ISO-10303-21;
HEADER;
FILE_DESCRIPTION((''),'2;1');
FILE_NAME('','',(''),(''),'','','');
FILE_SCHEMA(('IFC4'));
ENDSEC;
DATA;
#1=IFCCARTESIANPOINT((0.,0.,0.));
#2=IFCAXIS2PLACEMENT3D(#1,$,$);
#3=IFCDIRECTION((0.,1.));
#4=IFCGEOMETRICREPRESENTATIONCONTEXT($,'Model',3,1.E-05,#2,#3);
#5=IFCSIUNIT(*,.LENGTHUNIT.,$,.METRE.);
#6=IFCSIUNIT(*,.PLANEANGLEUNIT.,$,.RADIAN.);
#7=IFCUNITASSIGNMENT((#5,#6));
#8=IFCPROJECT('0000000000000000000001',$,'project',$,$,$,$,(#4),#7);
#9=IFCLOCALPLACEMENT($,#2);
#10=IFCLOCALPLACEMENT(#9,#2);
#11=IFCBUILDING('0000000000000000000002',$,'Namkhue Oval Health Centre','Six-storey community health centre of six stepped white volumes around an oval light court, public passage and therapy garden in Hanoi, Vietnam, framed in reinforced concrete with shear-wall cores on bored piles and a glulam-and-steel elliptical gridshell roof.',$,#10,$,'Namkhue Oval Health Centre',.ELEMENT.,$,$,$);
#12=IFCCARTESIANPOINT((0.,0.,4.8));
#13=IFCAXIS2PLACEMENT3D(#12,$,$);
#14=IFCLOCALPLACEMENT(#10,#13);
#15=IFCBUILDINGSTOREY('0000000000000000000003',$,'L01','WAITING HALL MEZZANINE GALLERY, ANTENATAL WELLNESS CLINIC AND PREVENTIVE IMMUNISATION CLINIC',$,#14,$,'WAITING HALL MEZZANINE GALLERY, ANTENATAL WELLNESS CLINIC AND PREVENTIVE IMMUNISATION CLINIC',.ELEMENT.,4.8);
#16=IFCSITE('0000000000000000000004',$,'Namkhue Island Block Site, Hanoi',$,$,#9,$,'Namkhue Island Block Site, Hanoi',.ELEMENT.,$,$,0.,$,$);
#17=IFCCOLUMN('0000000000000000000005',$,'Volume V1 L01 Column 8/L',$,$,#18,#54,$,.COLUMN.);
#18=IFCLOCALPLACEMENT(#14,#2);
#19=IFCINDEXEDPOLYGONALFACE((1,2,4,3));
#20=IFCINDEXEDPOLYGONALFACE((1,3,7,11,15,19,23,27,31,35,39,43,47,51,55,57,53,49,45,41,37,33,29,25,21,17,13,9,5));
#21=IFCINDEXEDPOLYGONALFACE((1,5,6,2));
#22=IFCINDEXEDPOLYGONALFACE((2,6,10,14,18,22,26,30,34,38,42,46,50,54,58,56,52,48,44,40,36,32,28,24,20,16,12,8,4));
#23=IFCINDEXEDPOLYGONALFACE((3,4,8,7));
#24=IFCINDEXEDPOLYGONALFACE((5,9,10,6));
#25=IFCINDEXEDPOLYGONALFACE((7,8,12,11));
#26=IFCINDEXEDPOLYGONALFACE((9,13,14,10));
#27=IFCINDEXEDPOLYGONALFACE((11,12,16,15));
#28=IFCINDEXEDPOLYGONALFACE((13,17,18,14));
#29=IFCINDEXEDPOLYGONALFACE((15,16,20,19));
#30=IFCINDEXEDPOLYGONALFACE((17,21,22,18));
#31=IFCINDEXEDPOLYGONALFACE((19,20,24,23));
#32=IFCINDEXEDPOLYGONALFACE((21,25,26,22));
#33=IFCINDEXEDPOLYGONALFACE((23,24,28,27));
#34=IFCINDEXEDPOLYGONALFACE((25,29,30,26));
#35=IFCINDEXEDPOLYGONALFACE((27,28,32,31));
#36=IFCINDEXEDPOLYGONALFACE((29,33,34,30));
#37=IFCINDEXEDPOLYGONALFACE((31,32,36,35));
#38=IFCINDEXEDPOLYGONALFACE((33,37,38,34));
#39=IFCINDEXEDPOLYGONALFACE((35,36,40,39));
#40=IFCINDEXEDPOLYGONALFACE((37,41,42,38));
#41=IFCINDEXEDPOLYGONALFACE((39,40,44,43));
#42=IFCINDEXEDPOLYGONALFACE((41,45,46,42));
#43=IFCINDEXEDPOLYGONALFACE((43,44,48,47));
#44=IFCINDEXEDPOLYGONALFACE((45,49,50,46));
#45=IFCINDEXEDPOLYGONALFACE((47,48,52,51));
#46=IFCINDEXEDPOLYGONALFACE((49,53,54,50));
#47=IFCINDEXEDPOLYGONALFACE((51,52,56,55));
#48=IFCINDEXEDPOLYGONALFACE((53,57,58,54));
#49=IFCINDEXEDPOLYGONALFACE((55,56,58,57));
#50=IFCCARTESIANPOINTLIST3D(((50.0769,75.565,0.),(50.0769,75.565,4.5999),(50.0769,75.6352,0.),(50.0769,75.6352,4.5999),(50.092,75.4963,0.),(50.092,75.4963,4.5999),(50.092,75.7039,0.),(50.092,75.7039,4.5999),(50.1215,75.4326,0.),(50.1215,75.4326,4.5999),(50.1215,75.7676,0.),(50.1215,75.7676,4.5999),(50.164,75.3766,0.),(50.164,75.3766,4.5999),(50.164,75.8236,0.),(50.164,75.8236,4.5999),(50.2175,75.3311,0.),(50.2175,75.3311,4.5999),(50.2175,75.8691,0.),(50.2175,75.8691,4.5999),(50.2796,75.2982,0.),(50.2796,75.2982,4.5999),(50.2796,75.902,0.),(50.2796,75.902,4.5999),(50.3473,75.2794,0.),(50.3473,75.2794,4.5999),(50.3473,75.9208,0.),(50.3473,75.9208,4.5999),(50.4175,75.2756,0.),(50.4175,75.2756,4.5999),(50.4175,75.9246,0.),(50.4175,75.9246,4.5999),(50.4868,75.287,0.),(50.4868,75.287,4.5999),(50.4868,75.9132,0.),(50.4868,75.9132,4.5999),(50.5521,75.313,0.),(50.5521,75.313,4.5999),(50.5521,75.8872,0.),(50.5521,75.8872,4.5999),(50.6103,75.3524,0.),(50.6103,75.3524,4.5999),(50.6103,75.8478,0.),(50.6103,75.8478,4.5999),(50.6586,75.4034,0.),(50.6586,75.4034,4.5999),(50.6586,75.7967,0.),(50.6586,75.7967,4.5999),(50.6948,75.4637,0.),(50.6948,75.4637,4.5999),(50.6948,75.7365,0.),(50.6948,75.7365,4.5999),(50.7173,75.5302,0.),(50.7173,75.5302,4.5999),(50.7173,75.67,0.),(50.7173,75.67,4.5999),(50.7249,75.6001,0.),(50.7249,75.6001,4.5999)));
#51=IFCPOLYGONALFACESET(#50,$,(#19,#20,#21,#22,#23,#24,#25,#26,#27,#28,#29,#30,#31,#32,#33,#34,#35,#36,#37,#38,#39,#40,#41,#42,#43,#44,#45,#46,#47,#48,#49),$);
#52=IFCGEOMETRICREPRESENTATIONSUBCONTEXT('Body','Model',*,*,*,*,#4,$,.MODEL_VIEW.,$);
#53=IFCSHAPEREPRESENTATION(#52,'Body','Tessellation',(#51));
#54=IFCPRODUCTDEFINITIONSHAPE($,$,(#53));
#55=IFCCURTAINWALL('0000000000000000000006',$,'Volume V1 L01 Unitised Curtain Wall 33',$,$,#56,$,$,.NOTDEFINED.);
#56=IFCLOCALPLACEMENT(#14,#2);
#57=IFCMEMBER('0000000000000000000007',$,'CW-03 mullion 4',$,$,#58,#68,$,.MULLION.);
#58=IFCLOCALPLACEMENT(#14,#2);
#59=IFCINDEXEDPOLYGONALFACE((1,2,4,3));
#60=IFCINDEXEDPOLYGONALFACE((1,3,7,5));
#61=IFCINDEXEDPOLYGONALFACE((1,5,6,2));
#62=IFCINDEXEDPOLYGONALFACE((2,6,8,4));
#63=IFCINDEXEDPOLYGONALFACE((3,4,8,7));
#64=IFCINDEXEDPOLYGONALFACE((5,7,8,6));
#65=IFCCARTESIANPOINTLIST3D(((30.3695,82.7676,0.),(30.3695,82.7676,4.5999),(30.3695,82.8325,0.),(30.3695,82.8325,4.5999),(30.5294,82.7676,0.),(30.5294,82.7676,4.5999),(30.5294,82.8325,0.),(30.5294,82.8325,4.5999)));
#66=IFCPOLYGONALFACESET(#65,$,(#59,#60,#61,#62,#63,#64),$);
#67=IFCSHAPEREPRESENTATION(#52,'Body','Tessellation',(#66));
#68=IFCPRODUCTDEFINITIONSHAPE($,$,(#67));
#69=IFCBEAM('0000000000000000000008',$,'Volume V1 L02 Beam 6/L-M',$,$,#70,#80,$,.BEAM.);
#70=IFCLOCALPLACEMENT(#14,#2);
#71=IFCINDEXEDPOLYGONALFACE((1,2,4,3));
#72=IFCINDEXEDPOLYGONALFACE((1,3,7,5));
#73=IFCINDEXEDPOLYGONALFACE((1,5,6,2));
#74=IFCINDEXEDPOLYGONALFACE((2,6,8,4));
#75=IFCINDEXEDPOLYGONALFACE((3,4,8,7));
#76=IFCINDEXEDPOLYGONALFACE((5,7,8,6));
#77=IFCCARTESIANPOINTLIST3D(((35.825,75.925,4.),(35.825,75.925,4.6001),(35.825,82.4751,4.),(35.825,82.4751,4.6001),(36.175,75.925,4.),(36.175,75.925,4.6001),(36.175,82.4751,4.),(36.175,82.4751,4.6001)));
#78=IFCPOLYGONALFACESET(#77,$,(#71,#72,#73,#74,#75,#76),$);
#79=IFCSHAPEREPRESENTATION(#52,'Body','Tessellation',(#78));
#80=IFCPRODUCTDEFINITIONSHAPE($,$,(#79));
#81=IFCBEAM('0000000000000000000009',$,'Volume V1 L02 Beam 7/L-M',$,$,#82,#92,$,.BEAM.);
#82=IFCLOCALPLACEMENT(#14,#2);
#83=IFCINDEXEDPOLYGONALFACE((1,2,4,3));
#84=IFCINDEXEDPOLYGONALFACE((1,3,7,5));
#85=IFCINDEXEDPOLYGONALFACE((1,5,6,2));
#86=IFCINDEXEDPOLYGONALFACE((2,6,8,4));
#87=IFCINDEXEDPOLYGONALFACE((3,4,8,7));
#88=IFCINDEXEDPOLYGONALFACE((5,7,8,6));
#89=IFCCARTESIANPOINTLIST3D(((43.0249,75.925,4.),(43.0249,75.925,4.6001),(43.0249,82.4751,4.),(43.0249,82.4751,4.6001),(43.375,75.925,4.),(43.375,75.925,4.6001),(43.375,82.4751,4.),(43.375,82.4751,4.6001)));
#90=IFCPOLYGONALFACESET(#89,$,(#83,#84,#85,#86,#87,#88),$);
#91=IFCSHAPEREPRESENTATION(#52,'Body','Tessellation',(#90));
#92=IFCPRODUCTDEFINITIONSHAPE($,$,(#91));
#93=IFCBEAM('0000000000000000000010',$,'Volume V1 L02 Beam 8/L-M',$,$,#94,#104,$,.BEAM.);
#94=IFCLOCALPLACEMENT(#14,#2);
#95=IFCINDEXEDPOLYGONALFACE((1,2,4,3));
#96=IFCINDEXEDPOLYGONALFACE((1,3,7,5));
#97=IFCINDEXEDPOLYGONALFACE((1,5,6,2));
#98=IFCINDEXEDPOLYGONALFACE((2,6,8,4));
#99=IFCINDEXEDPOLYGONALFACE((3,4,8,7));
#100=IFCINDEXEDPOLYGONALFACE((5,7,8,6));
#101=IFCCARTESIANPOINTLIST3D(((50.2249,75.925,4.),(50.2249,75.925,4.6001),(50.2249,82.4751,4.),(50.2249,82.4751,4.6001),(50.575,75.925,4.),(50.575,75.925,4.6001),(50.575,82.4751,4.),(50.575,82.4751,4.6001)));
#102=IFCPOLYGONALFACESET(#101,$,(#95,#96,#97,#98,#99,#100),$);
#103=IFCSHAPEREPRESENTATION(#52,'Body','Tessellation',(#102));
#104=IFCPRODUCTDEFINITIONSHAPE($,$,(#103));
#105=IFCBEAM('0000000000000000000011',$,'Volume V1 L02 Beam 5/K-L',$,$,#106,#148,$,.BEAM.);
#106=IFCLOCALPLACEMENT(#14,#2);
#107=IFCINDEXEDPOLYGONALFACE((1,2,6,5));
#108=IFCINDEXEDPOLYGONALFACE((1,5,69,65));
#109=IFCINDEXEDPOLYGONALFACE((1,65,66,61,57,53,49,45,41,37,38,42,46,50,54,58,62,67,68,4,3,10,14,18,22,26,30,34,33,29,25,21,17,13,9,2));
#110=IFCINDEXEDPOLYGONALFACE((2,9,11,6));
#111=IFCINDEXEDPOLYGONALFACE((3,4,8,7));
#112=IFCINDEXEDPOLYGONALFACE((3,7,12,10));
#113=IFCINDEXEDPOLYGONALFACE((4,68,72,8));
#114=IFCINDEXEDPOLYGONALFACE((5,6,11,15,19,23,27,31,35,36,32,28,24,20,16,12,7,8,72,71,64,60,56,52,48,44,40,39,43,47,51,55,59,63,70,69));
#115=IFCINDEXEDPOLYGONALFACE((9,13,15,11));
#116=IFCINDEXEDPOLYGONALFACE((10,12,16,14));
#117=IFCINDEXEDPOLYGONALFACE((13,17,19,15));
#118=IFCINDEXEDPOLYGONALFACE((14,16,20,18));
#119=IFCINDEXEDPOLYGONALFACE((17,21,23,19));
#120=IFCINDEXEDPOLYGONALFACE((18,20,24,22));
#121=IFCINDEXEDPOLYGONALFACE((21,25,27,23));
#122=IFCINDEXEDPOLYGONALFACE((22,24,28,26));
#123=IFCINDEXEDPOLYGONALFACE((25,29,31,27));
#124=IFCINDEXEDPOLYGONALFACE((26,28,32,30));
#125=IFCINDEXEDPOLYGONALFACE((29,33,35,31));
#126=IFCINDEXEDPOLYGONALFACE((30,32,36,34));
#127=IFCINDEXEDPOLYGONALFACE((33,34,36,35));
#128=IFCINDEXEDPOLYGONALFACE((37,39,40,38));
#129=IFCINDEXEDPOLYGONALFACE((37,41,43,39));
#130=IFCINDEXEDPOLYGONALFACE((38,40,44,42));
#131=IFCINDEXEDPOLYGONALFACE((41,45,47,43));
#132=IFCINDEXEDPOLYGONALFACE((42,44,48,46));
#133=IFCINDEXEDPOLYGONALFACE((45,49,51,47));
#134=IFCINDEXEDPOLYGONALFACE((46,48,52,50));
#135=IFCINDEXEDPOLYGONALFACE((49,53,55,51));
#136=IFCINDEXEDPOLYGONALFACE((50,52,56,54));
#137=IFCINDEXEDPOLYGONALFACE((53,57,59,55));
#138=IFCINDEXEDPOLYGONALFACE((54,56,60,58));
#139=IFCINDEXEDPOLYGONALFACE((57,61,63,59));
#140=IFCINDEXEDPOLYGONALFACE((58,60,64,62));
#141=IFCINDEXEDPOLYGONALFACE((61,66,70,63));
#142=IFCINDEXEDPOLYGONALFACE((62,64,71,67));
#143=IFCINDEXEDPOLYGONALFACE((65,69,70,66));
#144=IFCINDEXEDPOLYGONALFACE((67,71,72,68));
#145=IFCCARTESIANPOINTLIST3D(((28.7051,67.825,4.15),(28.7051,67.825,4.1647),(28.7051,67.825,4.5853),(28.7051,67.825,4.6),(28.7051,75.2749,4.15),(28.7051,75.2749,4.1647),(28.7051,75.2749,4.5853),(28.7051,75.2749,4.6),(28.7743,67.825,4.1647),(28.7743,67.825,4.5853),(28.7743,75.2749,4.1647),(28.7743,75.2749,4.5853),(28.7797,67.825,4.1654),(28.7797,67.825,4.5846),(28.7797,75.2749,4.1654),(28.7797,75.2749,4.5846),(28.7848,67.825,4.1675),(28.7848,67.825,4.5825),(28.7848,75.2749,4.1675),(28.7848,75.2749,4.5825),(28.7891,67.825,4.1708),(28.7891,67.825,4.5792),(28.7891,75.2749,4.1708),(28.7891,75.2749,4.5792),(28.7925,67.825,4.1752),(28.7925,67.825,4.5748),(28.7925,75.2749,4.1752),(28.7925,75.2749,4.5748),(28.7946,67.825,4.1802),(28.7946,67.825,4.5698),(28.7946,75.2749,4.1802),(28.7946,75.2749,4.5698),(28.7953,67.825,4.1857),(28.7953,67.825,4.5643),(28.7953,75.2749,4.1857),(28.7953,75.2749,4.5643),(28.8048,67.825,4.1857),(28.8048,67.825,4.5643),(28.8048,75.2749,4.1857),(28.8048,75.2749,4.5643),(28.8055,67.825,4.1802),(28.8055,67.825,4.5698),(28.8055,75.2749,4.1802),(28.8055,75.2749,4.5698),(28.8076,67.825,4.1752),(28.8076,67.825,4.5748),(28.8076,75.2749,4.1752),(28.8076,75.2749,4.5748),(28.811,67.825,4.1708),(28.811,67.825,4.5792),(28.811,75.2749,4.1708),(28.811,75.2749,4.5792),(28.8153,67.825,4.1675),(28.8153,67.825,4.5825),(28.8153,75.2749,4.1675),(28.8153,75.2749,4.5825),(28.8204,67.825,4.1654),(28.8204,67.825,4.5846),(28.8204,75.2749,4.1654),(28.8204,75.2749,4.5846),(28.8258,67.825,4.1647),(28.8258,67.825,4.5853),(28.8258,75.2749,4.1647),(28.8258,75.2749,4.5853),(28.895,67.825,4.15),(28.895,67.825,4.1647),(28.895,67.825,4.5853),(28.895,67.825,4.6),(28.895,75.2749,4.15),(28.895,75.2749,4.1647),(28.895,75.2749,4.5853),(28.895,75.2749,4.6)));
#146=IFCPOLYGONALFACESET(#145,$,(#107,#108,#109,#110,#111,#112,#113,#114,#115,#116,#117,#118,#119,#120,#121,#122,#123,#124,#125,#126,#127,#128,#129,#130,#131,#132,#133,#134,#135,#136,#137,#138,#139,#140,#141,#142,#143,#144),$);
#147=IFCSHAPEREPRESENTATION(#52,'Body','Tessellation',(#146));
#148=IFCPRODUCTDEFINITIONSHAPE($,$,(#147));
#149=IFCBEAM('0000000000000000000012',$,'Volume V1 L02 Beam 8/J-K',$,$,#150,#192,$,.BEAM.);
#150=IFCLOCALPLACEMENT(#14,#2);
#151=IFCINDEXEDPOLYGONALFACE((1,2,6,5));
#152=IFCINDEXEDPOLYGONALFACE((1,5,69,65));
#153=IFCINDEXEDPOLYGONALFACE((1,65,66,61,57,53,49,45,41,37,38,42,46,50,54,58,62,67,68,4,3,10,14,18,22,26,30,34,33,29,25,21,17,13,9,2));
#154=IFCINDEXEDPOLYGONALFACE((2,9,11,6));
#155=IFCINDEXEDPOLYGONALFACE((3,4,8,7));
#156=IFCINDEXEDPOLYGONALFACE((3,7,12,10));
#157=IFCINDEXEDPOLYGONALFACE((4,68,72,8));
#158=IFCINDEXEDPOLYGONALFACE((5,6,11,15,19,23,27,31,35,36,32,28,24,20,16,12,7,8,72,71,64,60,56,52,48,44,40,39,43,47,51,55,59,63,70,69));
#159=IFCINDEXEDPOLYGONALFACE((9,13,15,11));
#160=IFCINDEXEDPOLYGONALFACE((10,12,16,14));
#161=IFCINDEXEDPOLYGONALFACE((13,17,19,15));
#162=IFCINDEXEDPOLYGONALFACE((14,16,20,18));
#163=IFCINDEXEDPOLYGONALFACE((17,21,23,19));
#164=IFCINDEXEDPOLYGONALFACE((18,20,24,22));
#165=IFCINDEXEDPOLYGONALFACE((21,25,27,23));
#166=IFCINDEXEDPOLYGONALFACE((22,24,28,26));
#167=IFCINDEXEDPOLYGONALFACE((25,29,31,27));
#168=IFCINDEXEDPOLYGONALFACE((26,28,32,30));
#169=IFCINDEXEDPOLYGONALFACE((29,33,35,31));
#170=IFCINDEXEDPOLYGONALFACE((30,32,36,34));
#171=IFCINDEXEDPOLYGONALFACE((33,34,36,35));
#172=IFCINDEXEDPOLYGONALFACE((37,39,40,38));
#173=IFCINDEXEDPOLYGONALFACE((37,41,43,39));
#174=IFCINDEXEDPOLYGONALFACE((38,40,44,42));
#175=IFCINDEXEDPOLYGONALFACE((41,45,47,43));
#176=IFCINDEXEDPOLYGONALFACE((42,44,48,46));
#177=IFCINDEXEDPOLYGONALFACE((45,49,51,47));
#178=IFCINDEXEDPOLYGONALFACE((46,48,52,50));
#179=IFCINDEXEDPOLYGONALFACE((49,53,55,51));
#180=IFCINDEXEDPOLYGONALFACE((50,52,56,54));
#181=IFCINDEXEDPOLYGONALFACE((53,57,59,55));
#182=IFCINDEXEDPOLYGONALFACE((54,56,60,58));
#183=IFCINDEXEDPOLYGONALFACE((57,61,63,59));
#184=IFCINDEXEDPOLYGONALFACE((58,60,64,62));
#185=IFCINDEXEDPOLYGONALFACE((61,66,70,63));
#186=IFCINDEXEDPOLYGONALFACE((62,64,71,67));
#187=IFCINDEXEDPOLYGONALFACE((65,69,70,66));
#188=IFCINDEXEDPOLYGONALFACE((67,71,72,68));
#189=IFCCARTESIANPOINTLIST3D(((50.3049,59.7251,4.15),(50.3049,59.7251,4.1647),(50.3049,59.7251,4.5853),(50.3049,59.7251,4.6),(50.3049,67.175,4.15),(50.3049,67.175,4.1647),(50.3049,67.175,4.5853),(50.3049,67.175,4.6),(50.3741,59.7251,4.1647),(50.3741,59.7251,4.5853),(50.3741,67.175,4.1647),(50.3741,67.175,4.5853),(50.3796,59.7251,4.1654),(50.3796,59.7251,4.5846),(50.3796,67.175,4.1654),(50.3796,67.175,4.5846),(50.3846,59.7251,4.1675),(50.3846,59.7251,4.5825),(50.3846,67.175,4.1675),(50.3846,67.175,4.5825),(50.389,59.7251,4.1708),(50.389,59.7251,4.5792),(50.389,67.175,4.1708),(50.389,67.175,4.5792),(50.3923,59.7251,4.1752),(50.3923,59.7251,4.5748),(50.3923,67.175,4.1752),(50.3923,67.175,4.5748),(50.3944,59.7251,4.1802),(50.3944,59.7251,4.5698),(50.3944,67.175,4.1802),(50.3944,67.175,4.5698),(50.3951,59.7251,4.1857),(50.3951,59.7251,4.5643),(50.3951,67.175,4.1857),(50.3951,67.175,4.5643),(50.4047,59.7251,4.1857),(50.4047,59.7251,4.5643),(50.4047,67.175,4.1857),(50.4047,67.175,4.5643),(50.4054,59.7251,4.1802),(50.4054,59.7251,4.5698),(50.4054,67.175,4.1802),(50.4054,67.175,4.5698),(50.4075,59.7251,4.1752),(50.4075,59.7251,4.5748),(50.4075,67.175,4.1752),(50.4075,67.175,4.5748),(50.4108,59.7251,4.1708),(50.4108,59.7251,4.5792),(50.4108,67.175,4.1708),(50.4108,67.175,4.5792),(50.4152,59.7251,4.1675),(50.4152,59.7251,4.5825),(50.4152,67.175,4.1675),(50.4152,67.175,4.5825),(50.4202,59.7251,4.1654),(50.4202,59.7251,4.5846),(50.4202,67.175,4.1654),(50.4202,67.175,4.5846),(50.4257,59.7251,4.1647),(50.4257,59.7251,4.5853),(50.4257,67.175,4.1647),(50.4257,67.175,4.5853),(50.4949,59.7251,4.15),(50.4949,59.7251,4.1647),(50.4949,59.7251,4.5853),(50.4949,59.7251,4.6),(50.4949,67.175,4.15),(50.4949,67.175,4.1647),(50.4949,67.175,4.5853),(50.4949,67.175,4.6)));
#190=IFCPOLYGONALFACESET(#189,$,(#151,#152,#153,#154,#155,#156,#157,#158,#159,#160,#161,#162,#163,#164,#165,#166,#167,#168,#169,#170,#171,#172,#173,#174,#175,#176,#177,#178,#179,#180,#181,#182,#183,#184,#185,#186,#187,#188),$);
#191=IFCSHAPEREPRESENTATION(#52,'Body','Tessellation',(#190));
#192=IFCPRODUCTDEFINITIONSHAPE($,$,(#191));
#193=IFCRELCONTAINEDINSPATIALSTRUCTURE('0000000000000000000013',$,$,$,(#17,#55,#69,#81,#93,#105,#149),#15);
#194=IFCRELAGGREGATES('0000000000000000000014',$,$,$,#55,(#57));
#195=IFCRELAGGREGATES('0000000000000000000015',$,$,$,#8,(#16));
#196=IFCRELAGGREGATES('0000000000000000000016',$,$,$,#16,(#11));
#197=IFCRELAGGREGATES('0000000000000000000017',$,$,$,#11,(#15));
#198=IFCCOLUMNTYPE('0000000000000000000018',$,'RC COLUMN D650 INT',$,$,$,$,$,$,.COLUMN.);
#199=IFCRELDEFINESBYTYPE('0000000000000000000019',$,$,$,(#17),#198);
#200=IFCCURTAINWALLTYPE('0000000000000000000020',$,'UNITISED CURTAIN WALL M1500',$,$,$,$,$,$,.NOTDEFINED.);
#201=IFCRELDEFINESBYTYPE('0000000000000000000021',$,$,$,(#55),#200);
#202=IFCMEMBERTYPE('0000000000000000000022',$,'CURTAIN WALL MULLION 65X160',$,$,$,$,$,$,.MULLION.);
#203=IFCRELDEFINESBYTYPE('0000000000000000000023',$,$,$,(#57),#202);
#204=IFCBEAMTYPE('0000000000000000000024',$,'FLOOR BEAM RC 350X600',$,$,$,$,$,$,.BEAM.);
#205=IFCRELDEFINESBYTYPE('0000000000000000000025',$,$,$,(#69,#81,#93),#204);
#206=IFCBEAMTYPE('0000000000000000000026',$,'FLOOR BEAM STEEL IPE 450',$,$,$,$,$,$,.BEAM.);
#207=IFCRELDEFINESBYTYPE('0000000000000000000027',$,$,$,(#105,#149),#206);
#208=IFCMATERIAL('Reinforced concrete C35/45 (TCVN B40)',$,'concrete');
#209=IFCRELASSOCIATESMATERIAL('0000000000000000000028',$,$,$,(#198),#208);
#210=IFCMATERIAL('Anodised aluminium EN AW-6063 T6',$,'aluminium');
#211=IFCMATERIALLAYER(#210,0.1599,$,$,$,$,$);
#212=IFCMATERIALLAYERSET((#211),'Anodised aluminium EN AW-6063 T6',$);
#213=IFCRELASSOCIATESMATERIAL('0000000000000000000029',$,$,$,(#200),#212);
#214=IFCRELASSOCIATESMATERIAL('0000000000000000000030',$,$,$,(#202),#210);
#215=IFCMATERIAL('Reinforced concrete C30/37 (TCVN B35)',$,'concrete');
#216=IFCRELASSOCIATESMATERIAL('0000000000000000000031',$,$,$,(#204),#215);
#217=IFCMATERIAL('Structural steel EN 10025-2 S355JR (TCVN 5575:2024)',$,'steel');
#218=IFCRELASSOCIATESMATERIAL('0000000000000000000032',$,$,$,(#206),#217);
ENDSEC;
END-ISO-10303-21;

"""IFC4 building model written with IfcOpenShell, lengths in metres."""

from ifc_helpers import new_model, si_unit, direction, frame, origin, origin_2d, place, context, subcontext, project, spatial, rectangle, circle, i_section, extrude, material, layer, layer_set, material_profile, profile_set, type_object, element, aggregate, save


model = new_model("IFC4")

# Units and contexts
model_context = context("Model", 3, precision=1e-05, world=origin(), true_north=direction((0.0, 1.0)))
body_context = subcontext(model_context, "Body", "Model", "MODEL_VIEW")
ifc_project = project(units=[si_unit("LENGTHUNIT", "METRE"), si_unit("PLANEANGLEUNIT", "RADIAN")], contexts=[model_context])

# Site, building, storey
site_placement = place(None, origin())
site = spatial("IfcSite", under=ifc_project, at=site_placement, Name="Namkhue Island Block Site, Hanoi", LongName="Namkhue Island Block Site, Hanoi", CompositionType="ELEMENT", RefElevation=0.0)
building_placement = place(site_placement, origin())
building = spatial("IfcBuilding", under=site, at=building_placement, Name="Namkhue Oval Health Centre", Description="Six-storey community health centre of six stepped white volumes around an oval light court, public passage and therapy garden in Hanoi, Vietnam, framed in reinforced concrete with shear-wall cores on bored piles and a glulam-and-steel elliptical gridshell roof.", LongName="Namkhue Oval Health Centre", CompositionType="ELEMENT")
storey_placement = place(building_placement, frame((0.0, 0.0, 4.8)))
storey = spatial("IfcBuildingStorey", under=building, at=storey_placement, Name="L01", Description="WAITING HALL MEZZANINE GALLERY, ANTENATAL WELLNESS CLINIC AND PREVENTIVE IMMUNISATION CLINIC", LongName="WAITING HALL MEZZANINE GALLERY, ANTENATAL WELLNESS CLINIC AND PREVENTIVE IMMUNISATION CLINIC", CompositionType="ELEMENT", Elevation=4.8)

# Column
ifc_material_1 = material(Name="Reinforced concrete C35/45 (TCVN B40)", Category="concrete")
ifc_material_profile_1 = material_profile(ifc_material_1, circle(Radius=0.325, at=origin_2d()), Name="RC D650")
ifc_profile_set_1 = profile_set([ifc_material_profile_1], Name="Reinforced concrete C35/45 (TCVN B40)")
column_type = type_object("IfcColumnType", Name="RC COLUMN D650 INT", PredefinedType="COLUMN", material=ifc_profile_set_1)
for number, where, z_axis, x_axis, name in (
    (1, (50.3999, 75.6001, 0.0), (0.0, 0.0, 1.0), (1.0, 0.0, 0.0), "Volume V1 L01 Column 8/L"),
):
    element("IfcColumn", number, at=place(storey_placement, frame(where, z_axis=z_axis, x_axis=x_axis)), inside=storey, type_object=column_type, Name=name, PredefinedType="COLUMN", context=body_context, shape_type="SweptSolid", body=[
        extrude(circle(Radius=0.325, at=origin_2d()), origin(), (0.0, 0.0, 1.0), 4.5999),
    ])

# Curtain wall, member
ifc_material_2 = material(Name="Anodised aluminium EN AW-6063 T6", Category="aluminium")
ifc_layer_1 = layer(ifc_material_2, 0.1599)
ifc_layer_set_1 = layer_set([ifc_layer_1], Name="Anodised aluminium EN AW-6063 T6")
curtain_wall_type = type_object("IfcCurtainWallType", Name="UNITISED CURTAIN WALL M1500", PredefinedType="NOTDEFINED", material=ifc_layer_set_1)
curtain_wall_placement = place(storey_placement, origin())
curtain_wall = element("IfcCurtainWall", 2, at=curtain_wall_placement, inside=storey, type_object=curtain_wall_type, Name="Volume V1 L01 Unitised Curtain Wall 33", PredefinedType="NOTDEFINED")
ifc_material_profile_2 = material_profile(ifc_material_2, rectangle(XDim=0.0649, YDim=0.1599, at=origin_2d()), Name="ALU 65x160")
ifc_profile_set_2 = profile_set([ifc_material_profile_2], Name="Anodised aluminium EN AW-6063 T6")
member_type = type_object("IfcMemberType", Name="CURTAIN WALL MULLION 65X160", PredefinedType="MULLION", material=ifc_profile_set_2)
member_placement = place(storey_placement, frame((30.4495, 82.8, 0.0), z_axis=(0.0, 0.0, 1.0), x_axis=(0.0, -1.0, 0.0)))
member = element("IfcMember", 3, at=member_placement, type_object=member_type, Name="CW-03 mullion 4", PredefinedType="MULLION", context=body_context, shape_type="SweptSolid", body=[
    extrude(rectangle(XDim=0.0649, YDim=0.1599, at=origin_2d()), origin(), (0.0, 0.0, 1.0), 4.5999),
])

# Beams
ifc_material_3 = material(Name="Reinforced concrete C30/37 (TCVN B35)", Category="concrete")
ifc_material_profile_3 = material_profile(ifc_material_3, rectangle(XDim=0.3501, YDim=0.6001, at=origin_2d()), Name="RC 350x600")
ifc_profile_set_3 = profile_set([ifc_material_profile_3], Name="Reinforced concrete C30/37 (TCVN B35)")
beam_type_1 = type_object("IfcBeamType", Name="FLOOR BEAM RC 350X600", PredefinedType="BEAM", material=ifc_profile_set_3)
for number, where, z_axis, x_axis, name in (
    (4, (36.0, 75.925, 4.3), (0.0, 1.0, 0.0), (-1.0, 0.0, 0.0), "Volume V1 L02 Beam 6/L-M"),
    (5, (43.2, 75.925, 4.3), (0.0, 1.0, 0.0), (-1.0, 0.0, 0.0), "Volume V1 L02 Beam 7/L-M"),
    (6, (50.3999, 75.925, 4.3), (0.0, 1.0, 0.0), (-1.0, 0.0, 0.0), "Volume V1 L02 Beam 8/L-M"),
):
    element("IfcBeam", number, at=place(storey_placement, frame(where, z_axis=z_axis, x_axis=x_axis)), inside=storey, type_object=beam_type_1, Name=name, PredefinedType="BEAM", context=body_context, shape_type="SweptSolid", body=[
        extrude(rectangle(XDim=0.3501, YDim=0.6001, at=origin_2d()), origin(), (0.0, 0.0, 1.0), 6.55),
    ])
ifc_material_4 = material(Name="Structural steel EN 10025-2 S355JR (TCVN 5575:2024)", Category="steel")
ifc_material_profile_4 = material_profile(ifc_material_4, i_section(OverallWidth=0.1899, OverallDepth=0.45, WebThickness=0.0095, FlangeThickness=0.0146, FilletRadius=0.021, at=origin_2d()), Name="IPE 450")
ifc_profile_set_4 = profile_set([ifc_material_profile_4], Name="Structural steel EN 10025-2 S355JR (TCVN 5575:2024)")
beam_type_2 = type_object("IfcBeamType", Name="FLOOR BEAM STEEL IPE 450", PredefinedType="BEAM", material=ifc_profile_set_4)
for number, where, z_axis, x_axis, name in (
    (7, (28.8, 67.825, 4.375), (0.0, 1.0, 0.0), (-1.0, 0.0, 0.0), "Volume V1 L02 Beam 5/K-L"),
    (8, (50.3999, 59.7251, 4.375), (0.0, 1.0, 0.0), (-1.0, 0.0, 0.0), "Volume V1 L02 Beam 8/J-K"),
):
    element("IfcBeam", number, at=place(storey_placement, frame(where, z_axis=z_axis, x_axis=x_axis)), inside=storey, type_object=beam_type_2, Name=name, PredefinedType="BEAM", context=body_context, shape_type="SweptSolid", body=[
        extrude(i_section(OverallWidth=0.1899, OverallDepth=0.45, WebThickness=0.0095, FlangeThickness=0.0146, FilletRadius=0.021, at=origin_2d()), origin(), (0.0, 0.0, 1.0), 7.45),
    ])

aggregate(curtain_wall, [member])

save(model, "model.ifc")
